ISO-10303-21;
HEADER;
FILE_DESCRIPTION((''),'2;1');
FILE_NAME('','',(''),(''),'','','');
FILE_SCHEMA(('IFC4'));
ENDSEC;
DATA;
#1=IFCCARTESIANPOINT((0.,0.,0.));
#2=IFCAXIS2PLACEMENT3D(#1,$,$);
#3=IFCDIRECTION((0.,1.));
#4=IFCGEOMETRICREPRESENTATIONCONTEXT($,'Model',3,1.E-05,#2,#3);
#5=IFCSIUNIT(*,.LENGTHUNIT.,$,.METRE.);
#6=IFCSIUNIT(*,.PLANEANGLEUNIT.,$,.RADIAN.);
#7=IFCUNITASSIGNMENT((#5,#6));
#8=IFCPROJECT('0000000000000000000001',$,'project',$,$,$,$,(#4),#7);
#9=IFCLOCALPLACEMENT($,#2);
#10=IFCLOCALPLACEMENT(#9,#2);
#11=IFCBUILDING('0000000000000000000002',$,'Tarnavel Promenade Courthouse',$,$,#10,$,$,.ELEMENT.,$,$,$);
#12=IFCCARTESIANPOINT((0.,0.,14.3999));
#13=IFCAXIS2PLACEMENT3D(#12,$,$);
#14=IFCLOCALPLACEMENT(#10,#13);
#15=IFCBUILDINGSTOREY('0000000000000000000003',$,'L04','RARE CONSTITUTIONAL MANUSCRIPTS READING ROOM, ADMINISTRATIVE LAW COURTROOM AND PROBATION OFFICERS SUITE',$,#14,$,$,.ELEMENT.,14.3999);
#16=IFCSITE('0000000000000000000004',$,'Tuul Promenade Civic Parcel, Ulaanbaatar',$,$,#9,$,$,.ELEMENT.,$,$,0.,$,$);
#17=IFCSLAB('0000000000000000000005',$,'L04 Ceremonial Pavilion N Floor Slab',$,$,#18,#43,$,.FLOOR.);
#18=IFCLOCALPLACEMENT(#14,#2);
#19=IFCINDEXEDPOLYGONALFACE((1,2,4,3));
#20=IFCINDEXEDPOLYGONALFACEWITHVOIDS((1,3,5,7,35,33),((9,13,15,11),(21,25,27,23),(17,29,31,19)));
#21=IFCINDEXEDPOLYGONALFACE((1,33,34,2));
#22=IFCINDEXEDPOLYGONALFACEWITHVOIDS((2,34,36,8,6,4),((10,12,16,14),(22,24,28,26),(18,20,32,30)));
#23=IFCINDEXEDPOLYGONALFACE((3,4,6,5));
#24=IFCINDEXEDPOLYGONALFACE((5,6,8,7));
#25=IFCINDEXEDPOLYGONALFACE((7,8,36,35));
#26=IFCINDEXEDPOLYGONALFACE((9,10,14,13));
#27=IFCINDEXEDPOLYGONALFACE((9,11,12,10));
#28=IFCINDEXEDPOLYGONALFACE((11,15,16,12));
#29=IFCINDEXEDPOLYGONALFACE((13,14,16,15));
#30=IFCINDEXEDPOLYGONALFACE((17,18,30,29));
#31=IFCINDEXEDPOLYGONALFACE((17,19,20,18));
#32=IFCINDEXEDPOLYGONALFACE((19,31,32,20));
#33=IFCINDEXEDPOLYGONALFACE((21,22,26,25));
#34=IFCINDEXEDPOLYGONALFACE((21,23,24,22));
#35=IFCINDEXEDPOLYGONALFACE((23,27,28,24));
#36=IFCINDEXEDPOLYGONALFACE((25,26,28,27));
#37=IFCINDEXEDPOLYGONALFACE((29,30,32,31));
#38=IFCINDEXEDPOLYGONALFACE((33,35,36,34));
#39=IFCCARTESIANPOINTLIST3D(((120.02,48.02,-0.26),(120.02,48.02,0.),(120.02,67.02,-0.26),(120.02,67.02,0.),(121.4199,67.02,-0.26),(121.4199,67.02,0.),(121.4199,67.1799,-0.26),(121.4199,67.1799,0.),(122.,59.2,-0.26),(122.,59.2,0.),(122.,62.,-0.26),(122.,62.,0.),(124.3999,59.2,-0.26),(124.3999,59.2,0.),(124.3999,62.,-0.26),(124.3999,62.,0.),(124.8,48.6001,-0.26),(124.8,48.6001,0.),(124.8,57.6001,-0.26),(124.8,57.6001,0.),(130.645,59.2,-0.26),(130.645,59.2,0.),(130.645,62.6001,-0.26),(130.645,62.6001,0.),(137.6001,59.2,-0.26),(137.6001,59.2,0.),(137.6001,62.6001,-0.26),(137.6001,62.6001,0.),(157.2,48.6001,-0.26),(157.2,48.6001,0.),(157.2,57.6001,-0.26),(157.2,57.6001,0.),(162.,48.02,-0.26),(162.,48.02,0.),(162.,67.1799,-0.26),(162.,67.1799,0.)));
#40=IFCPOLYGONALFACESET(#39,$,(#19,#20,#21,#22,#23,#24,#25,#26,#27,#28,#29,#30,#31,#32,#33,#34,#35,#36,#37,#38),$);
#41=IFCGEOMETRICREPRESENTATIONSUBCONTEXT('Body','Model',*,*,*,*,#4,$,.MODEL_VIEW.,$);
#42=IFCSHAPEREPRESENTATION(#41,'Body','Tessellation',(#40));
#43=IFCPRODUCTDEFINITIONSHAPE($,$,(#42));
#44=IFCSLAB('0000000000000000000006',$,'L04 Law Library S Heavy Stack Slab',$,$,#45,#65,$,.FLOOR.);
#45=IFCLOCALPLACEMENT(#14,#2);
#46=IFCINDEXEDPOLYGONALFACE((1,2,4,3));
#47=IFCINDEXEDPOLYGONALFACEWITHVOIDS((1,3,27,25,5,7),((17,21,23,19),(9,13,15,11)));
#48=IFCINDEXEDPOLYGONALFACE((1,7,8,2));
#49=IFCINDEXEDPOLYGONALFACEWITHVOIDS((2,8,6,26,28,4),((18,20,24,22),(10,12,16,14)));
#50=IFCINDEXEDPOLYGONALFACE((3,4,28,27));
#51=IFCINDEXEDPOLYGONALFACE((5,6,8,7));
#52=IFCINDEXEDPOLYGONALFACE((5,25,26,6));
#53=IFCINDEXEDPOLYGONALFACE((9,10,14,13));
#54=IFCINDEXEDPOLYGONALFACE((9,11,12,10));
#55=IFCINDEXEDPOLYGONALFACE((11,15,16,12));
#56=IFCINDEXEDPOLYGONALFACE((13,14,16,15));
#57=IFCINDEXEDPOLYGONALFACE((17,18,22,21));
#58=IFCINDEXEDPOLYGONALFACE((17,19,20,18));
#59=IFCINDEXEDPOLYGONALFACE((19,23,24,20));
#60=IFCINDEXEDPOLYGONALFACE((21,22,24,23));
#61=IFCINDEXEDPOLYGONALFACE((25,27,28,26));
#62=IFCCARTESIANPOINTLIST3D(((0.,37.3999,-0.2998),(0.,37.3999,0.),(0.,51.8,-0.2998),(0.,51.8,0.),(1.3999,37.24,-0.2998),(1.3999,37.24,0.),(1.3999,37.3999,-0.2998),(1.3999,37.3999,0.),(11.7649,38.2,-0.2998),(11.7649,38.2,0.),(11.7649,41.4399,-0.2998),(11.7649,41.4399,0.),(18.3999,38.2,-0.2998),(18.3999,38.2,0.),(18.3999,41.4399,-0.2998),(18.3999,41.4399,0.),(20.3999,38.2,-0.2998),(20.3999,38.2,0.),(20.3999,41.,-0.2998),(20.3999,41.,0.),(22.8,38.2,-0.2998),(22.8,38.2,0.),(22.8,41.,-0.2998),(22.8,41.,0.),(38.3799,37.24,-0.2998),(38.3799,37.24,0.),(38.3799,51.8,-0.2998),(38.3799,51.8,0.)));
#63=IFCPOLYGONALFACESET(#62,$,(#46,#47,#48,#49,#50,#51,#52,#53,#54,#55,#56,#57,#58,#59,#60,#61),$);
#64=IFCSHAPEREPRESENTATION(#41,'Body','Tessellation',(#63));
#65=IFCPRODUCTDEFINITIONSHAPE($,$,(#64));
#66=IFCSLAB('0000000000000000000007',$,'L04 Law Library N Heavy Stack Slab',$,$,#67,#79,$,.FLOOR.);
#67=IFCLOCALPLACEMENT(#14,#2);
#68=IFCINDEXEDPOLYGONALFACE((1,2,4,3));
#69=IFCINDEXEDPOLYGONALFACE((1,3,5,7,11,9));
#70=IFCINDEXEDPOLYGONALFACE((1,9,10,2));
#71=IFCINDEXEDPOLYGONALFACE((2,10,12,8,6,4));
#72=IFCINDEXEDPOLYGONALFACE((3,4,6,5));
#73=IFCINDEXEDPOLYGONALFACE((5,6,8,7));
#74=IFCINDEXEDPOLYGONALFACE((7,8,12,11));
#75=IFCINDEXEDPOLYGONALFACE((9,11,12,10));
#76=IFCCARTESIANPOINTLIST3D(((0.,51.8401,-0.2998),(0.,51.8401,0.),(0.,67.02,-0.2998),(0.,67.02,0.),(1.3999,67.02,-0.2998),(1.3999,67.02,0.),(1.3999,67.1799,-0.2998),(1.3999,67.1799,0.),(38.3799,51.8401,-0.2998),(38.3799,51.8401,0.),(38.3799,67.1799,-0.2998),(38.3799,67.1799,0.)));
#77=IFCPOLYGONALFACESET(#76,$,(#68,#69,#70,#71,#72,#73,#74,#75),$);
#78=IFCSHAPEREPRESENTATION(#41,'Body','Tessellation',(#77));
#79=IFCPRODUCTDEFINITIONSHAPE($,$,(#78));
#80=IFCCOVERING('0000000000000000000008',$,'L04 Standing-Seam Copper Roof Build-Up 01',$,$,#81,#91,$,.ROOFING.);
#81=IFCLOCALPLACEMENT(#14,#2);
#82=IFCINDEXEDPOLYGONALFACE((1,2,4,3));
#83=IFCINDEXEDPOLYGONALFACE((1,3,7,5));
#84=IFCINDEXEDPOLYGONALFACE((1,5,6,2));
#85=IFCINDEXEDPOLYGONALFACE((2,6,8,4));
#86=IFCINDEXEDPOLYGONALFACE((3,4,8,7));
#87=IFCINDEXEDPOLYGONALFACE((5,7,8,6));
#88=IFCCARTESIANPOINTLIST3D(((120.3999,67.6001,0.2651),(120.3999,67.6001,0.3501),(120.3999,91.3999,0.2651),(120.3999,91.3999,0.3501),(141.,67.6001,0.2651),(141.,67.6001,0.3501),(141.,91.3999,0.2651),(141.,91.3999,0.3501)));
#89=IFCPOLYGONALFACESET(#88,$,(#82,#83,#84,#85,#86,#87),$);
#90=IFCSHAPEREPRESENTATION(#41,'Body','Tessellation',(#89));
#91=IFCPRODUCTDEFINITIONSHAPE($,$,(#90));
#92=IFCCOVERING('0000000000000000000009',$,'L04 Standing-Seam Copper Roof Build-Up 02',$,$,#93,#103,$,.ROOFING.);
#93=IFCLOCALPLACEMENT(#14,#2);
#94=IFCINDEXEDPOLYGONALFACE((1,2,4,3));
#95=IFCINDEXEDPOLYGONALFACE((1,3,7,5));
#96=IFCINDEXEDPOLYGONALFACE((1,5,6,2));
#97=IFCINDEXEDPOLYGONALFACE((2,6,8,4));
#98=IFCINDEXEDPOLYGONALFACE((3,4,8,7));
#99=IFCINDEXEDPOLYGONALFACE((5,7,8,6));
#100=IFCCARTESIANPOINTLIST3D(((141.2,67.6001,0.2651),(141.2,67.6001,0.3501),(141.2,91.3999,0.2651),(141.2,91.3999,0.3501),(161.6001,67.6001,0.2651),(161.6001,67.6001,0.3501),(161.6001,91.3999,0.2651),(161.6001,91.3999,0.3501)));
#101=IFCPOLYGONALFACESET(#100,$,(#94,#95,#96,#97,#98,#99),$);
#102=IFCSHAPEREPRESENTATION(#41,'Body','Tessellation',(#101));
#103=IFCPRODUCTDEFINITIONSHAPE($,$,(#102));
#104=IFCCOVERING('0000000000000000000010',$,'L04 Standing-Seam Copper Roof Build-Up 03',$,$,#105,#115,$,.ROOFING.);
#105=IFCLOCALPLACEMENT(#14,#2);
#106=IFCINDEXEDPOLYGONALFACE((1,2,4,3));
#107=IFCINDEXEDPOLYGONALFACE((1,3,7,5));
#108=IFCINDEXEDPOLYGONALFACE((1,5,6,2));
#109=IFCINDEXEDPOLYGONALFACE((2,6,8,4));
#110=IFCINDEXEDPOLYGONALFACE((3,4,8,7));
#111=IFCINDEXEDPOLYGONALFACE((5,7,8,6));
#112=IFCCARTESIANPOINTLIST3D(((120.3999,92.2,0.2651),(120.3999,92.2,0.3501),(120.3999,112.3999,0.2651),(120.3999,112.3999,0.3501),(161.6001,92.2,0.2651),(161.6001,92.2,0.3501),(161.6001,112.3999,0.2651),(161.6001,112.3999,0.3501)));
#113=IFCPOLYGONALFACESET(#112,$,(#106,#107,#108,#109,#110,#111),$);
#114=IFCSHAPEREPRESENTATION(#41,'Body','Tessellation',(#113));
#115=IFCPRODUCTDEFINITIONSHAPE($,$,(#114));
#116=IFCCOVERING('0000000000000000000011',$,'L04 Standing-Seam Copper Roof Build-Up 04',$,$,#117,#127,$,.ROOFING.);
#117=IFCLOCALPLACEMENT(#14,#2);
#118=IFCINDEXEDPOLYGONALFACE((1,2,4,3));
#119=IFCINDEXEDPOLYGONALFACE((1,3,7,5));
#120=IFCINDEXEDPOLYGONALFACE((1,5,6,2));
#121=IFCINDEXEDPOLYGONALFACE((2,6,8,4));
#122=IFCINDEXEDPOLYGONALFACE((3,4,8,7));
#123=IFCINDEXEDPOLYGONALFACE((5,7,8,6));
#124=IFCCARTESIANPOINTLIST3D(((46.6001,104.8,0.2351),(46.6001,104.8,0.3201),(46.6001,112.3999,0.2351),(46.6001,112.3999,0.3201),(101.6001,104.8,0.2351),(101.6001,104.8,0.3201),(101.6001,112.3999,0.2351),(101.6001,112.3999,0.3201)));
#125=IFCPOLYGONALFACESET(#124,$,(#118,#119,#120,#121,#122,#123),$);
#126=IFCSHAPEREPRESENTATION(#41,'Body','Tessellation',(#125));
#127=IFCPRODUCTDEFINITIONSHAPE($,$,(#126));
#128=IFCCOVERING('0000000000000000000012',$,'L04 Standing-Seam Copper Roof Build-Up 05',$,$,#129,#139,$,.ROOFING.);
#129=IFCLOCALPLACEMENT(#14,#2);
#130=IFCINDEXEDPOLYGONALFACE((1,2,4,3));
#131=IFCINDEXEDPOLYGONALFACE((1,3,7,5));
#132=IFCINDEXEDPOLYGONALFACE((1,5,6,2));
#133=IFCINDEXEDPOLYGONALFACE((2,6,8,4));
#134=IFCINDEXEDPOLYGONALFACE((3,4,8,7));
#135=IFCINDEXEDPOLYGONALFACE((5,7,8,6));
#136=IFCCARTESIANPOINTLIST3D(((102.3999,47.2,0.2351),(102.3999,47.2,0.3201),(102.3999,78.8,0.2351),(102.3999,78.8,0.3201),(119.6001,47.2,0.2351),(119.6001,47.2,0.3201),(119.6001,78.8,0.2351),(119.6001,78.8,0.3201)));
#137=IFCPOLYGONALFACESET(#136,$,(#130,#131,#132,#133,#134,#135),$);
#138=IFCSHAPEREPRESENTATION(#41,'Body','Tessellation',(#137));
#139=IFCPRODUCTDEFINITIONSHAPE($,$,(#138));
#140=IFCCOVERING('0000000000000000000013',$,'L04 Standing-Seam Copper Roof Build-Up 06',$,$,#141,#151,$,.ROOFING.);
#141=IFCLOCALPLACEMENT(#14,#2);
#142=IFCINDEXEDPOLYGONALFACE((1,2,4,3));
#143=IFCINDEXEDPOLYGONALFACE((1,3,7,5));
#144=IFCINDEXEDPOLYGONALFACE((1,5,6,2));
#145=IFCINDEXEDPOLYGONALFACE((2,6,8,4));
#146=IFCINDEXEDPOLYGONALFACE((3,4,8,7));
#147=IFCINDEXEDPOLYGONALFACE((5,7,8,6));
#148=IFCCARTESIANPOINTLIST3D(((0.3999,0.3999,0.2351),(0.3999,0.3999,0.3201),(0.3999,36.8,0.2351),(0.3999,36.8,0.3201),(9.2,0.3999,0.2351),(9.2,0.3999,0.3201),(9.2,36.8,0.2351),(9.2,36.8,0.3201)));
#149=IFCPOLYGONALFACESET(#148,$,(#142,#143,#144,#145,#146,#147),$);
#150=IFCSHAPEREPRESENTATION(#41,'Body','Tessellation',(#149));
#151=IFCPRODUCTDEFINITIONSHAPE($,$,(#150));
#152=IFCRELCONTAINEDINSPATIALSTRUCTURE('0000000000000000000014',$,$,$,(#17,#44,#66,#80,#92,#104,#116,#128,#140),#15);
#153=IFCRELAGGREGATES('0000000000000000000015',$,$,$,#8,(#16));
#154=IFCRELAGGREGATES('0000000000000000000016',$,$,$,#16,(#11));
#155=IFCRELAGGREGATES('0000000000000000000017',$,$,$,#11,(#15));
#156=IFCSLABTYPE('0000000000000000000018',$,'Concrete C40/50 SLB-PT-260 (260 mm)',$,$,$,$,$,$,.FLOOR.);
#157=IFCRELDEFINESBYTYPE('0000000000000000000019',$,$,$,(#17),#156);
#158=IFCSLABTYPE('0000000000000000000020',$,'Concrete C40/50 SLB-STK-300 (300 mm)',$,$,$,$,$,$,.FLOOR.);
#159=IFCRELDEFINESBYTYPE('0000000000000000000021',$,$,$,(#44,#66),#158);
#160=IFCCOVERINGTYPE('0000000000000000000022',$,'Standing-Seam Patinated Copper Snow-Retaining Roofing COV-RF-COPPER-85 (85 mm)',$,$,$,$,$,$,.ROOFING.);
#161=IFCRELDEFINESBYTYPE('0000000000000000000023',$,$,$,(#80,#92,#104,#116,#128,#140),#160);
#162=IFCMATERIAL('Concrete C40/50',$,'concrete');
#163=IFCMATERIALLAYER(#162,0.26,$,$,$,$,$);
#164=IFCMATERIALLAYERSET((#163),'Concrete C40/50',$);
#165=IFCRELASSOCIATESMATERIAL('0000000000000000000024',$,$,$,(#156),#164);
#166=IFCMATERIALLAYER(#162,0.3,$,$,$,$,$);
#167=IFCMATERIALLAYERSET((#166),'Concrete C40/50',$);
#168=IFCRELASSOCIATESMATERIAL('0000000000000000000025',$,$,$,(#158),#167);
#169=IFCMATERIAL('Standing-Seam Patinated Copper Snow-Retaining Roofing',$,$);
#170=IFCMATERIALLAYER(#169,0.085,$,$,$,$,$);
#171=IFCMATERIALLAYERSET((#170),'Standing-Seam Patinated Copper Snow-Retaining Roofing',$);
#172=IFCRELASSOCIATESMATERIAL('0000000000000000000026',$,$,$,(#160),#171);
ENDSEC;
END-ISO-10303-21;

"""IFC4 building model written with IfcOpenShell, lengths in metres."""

from ifc_helpers import new_model, si_unit, direction, frame, origin, place, context, subcontext, project, spatial, polyline, outline, extrude, material, layer, layer_set, type_object, element, save


model = new_model("IFC4")

# Units and contexts
model_context = context("Model", 3, precision=1e-05, world=origin(), true_north=direction((0.0, 1.0)))
body_context = subcontext(model_context, "Body", "Model", "MODEL_VIEW")
ifc_project = project(units=[si_unit("LENGTHUNIT", "METRE"), si_unit("PLANEANGLEUNIT", "RADIAN")], contexts=[model_context])

# Site, building, storey
site_placement = place(None, origin())
site = spatial("IfcSite", under=ifc_project, at=site_placement, Name="Tuul Promenade Civic Parcel, Ulaanbaatar", CompositionType="ELEMENT", RefElevation=0.0)
building_placement = place(site_placement, origin())
building = spatial("IfcBuilding", under=site, at=building_placement, Name="Tarnavel Promenade Courthouse", CompositionType="ELEMENT")
storey_placement = place(building_placement, frame((0.0, 0.0, 14.3999)))
storey = spatial("IfcBuildingStorey", under=building, at=storey_placement, Name="L04", Description="RARE CONSTITUTIONAL MANUSCRIPTS READING ROOM, ADMINISTRATIVE LAW COURTROOM AND PROBATION OFFICERS SUITE", CompositionType="ELEMENT", Elevation=14.3999)

# Slabs
ifc_material_1 = material(Name="Concrete C40/50", Category="concrete")
ifc_layer_1 = layer(ifc_material_1, 0.26)
ifc_layer_set_1 = layer_set([ifc_layer_1], Name="Concrete C40/50")
slab_type_1 = type_object("IfcSlabType", Name="Concrete C40/50 SLB-PT-260 (260 mm)", PredefinedType="FLOOR", material=ifc_layer_set_1)
slab_1_placement = place(storey_placement, frame((0.0, 0.0, -0.26)))
element("IfcSlab", 1, at=slab_1_placement, inside=storey, type_object=slab_type_1, Name="L04 Ceremonial Pavilion N Floor Slab", PredefinedType="FLOOR", context=body_context, shape_type="SweptSolid", body=[
    extrude(outline(polyline([(120.02, 48.02), (162.0, 48.02), (162.0, 67.1799), (121.4199, 67.1799), (121.4199, 67.02), (120.02, 67.02), (120.02, 48.02)]), holes=[polyline([(130.645, 59.2), (137.6001, 59.2), (137.6001, 62.6001), (130.645, 62.6001), (130.645, 59.2)]), polyline([(122.0, 59.2), (124.3999, 59.2), (124.3999, 62.0), (122.0, 62.0), (122.0, 59.2)]), polyline([(124.8, 48.6001), (157.2, 48.6001), (157.2, 57.6001), (124.8, 57.6001), (124.8, 48.6001)])]), origin(), (0.0, 0.0, 1.0), 0.26),
])
ifc_layer_2 = layer(ifc_material_1, 0.3)
ifc_layer_set_2 = layer_set([ifc_layer_2], Name="Concrete C40/50")
slab_type_2 = type_object("IfcSlabType", Name="Concrete C40/50 SLB-STK-300 (300 mm)", PredefinedType="FLOOR", material=ifc_layer_set_2)
slab_2_placement = place(storey_placement, frame((0.0, 0.0, -0.2998)))
element("IfcSlab", 2, at=slab_2_placement, inside=storey, type_object=slab_type_2, Name="L04 Law Library S Heavy Stack Slab", PredefinedType="FLOOR", context=body_context, shape_type="SweptSolid", body=[
    extrude(outline(polyline([(0.0, 37.3999), (1.3999, 37.3999), (1.3999, 37.24), (38.3799, 37.24), (38.3799, 51.8), (0.0, 51.8), (0.0, 37.3999)]), holes=[polyline([(11.7649, 38.2), (18.3999, 38.2), (18.3999, 41.4399), (11.7649, 41.4399), (11.7649, 38.2)]), polyline([(20.3999, 38.2), (22.8, 38.2), (22.8, 41.0), (20.3999, 41.0), (20.3999, 38.2)])]), origin(), (0.0, 0.0, 1.0), 0.2998),
])
slab_3_placement = place(storey_placement, frame((0.0, 0.0, -0.2998)))
element("IfcSlab", 3, at=slab_3_placement, inside=storey, type_object=slab_type_2, Name="L04 Law Library N Heavy Stack Slab", PredefinedType="FLOOR", context=body_context, shape_type="SweptSolid", body=[
    extrude(outline(polyline([(0.0, 51.8401), (38.3799, 51.8401), (38.3799, 67.1799), (1.3999, 67.1799), (1.3999, 67.02), (0.0, 67.02), (0.0, 51.8401)])), origin(), (0.0, 0.0, 1.0), 0.2998),
])

# Coverings
ifc_material_2 = material(Name="Standing-Seam Patinated Copper Snow-Retaining Roofing")
ifc_layer_3 = layer(ifc_material_2, 0.085)
ifc_layer_set_3 = layer_set([ifc_layer_3], Name="Standing-Seam Patinated Copper Snow-Retaining Roofing")
covering_type = type_object("IfcCoveringType", Name="Standing-Seam Patinated Copper Snow-Retaining Roofing COV-RF-COPPER-85 (85 mm)", PredefinedType="ROOFING", material=ifc_layer_set_3)
covering_1_placement = place(storey_placement, frame((0.0, 0.0, 0.2651)))
element("IfcCovering", 4, at=covering_1_placement, inside=storey, type_object=covering_type, Name="L04 Standing-Seam Copper Roof Build-Up 01", PredefinedType="ROOFING", context=body_context, shape_type="SweptSolid", body=[
    extrude(outline(polyline([(120.3999, 67.6001), (141.0, 67.6001), (141.0, 91.3999), (120.3999, 91.3999), (120.3999, 67.6001)])), origin(), (0.0, 0.0, 1.0), 0.085),
])
covering_2_placement = place(storey_placement, frame((0.0, 0.0, 0.2651)))
element("IfcCovering", 5, at=covering_2_placement, inside=storey, type_object=covering_type, Name="L04 Standing-Seam Copper Roof Build-Up 02", PredefinedType="ROOFING", context=body_context, shape_type="SweptSolid", body=[
    extrude(outline(polyline([(141.2, 67.6001), (161.6001, 67.6001), (161.6001, 91.3999), (141.2, 91.3999), (141.2, 67.6001)])), origin(), (0.0, 0.0, 1.0), 0.085),
])
covering_3_placement = place(storey_placement, frame((0.0, 0.0, 0.2651)))
element("IfcCovering", 6, at=covering_3_placement, inside=storey, type_object=covering_type, Name="L04 Standing-Seam Copper Roof Build-Up 03", PredefinedType="ROOFING", context=body_context, shape_type="SweptSolid", body=[
    extrude(outline(polyline([(120.3999, 92.2), (161.6001, 92.2), (161.6001, 112.3999), (120.3999, 112.3999), (120.3999, 92.2)])), origin(), (0.0, 0.0, 1.0), 0.085),
])
covering_4_placement = place(storey_placement, frame((0.0, 0.0, 0.2351)))
element("IfcCovering", 7, at=covering_4_placement, inside=storey, type_object=covering_type, Name="L04 Standing-Seam Copper Roof Build-Up 04", PredefinedType="ROOFING", context=body_context, shape_type="SweptSolid", body=[
    extrude(outline(polyline([(46.6001, 104.8), (101.6001, 104.8), (101.6001, 112.3999), (46.6001, 112.3999), (46.6001, 104.8)])), origin(), (0.0, 0.0, 1.0), 0.085),
])
covering_5_placement = place(storey_placement, frame((0.0, 0.0, 0.2351)))
element("IfcCovering", 8, at=covering_5_placement, inside=storey, type_object=covering_type, Name="L04 Standing-Seam Copper Roof Build-Up 05", PredefinedType="ROOFING", context=body_context, shape_type="SweptSolid", body=[
    extrude(outline(polyline([(102.3999, 47.2), (119.6001, 47.2), (119.6001, 78.8), (102.3999, 78.8), (102.3999, 47.2)])), origin(), (0.0, 0.0, 1.0), 0.085),
])
covering_6_placement = place(storey_placement, frame((0.0, 0.0, 0.2351)))
element("IfcCovering", 9, at=covering_6_placement, inside=storey, type_object=covering_type, Name="L04 Standing-Seam Copper Roof Build-Up 06", PredefinedType="ROOFING", context=body_context, shape_type="SweptSolid", body=[
    extrude(outline(polyline([(0.3999, 0.3999), (9.2, 0.3999), (9.2, 36.8), (0.3999, 36.8), (0.3999, 0.3999)])), origin(), (0.0, 0.0, 1.0), 0.085),
])

save(model, "model.ifc")
